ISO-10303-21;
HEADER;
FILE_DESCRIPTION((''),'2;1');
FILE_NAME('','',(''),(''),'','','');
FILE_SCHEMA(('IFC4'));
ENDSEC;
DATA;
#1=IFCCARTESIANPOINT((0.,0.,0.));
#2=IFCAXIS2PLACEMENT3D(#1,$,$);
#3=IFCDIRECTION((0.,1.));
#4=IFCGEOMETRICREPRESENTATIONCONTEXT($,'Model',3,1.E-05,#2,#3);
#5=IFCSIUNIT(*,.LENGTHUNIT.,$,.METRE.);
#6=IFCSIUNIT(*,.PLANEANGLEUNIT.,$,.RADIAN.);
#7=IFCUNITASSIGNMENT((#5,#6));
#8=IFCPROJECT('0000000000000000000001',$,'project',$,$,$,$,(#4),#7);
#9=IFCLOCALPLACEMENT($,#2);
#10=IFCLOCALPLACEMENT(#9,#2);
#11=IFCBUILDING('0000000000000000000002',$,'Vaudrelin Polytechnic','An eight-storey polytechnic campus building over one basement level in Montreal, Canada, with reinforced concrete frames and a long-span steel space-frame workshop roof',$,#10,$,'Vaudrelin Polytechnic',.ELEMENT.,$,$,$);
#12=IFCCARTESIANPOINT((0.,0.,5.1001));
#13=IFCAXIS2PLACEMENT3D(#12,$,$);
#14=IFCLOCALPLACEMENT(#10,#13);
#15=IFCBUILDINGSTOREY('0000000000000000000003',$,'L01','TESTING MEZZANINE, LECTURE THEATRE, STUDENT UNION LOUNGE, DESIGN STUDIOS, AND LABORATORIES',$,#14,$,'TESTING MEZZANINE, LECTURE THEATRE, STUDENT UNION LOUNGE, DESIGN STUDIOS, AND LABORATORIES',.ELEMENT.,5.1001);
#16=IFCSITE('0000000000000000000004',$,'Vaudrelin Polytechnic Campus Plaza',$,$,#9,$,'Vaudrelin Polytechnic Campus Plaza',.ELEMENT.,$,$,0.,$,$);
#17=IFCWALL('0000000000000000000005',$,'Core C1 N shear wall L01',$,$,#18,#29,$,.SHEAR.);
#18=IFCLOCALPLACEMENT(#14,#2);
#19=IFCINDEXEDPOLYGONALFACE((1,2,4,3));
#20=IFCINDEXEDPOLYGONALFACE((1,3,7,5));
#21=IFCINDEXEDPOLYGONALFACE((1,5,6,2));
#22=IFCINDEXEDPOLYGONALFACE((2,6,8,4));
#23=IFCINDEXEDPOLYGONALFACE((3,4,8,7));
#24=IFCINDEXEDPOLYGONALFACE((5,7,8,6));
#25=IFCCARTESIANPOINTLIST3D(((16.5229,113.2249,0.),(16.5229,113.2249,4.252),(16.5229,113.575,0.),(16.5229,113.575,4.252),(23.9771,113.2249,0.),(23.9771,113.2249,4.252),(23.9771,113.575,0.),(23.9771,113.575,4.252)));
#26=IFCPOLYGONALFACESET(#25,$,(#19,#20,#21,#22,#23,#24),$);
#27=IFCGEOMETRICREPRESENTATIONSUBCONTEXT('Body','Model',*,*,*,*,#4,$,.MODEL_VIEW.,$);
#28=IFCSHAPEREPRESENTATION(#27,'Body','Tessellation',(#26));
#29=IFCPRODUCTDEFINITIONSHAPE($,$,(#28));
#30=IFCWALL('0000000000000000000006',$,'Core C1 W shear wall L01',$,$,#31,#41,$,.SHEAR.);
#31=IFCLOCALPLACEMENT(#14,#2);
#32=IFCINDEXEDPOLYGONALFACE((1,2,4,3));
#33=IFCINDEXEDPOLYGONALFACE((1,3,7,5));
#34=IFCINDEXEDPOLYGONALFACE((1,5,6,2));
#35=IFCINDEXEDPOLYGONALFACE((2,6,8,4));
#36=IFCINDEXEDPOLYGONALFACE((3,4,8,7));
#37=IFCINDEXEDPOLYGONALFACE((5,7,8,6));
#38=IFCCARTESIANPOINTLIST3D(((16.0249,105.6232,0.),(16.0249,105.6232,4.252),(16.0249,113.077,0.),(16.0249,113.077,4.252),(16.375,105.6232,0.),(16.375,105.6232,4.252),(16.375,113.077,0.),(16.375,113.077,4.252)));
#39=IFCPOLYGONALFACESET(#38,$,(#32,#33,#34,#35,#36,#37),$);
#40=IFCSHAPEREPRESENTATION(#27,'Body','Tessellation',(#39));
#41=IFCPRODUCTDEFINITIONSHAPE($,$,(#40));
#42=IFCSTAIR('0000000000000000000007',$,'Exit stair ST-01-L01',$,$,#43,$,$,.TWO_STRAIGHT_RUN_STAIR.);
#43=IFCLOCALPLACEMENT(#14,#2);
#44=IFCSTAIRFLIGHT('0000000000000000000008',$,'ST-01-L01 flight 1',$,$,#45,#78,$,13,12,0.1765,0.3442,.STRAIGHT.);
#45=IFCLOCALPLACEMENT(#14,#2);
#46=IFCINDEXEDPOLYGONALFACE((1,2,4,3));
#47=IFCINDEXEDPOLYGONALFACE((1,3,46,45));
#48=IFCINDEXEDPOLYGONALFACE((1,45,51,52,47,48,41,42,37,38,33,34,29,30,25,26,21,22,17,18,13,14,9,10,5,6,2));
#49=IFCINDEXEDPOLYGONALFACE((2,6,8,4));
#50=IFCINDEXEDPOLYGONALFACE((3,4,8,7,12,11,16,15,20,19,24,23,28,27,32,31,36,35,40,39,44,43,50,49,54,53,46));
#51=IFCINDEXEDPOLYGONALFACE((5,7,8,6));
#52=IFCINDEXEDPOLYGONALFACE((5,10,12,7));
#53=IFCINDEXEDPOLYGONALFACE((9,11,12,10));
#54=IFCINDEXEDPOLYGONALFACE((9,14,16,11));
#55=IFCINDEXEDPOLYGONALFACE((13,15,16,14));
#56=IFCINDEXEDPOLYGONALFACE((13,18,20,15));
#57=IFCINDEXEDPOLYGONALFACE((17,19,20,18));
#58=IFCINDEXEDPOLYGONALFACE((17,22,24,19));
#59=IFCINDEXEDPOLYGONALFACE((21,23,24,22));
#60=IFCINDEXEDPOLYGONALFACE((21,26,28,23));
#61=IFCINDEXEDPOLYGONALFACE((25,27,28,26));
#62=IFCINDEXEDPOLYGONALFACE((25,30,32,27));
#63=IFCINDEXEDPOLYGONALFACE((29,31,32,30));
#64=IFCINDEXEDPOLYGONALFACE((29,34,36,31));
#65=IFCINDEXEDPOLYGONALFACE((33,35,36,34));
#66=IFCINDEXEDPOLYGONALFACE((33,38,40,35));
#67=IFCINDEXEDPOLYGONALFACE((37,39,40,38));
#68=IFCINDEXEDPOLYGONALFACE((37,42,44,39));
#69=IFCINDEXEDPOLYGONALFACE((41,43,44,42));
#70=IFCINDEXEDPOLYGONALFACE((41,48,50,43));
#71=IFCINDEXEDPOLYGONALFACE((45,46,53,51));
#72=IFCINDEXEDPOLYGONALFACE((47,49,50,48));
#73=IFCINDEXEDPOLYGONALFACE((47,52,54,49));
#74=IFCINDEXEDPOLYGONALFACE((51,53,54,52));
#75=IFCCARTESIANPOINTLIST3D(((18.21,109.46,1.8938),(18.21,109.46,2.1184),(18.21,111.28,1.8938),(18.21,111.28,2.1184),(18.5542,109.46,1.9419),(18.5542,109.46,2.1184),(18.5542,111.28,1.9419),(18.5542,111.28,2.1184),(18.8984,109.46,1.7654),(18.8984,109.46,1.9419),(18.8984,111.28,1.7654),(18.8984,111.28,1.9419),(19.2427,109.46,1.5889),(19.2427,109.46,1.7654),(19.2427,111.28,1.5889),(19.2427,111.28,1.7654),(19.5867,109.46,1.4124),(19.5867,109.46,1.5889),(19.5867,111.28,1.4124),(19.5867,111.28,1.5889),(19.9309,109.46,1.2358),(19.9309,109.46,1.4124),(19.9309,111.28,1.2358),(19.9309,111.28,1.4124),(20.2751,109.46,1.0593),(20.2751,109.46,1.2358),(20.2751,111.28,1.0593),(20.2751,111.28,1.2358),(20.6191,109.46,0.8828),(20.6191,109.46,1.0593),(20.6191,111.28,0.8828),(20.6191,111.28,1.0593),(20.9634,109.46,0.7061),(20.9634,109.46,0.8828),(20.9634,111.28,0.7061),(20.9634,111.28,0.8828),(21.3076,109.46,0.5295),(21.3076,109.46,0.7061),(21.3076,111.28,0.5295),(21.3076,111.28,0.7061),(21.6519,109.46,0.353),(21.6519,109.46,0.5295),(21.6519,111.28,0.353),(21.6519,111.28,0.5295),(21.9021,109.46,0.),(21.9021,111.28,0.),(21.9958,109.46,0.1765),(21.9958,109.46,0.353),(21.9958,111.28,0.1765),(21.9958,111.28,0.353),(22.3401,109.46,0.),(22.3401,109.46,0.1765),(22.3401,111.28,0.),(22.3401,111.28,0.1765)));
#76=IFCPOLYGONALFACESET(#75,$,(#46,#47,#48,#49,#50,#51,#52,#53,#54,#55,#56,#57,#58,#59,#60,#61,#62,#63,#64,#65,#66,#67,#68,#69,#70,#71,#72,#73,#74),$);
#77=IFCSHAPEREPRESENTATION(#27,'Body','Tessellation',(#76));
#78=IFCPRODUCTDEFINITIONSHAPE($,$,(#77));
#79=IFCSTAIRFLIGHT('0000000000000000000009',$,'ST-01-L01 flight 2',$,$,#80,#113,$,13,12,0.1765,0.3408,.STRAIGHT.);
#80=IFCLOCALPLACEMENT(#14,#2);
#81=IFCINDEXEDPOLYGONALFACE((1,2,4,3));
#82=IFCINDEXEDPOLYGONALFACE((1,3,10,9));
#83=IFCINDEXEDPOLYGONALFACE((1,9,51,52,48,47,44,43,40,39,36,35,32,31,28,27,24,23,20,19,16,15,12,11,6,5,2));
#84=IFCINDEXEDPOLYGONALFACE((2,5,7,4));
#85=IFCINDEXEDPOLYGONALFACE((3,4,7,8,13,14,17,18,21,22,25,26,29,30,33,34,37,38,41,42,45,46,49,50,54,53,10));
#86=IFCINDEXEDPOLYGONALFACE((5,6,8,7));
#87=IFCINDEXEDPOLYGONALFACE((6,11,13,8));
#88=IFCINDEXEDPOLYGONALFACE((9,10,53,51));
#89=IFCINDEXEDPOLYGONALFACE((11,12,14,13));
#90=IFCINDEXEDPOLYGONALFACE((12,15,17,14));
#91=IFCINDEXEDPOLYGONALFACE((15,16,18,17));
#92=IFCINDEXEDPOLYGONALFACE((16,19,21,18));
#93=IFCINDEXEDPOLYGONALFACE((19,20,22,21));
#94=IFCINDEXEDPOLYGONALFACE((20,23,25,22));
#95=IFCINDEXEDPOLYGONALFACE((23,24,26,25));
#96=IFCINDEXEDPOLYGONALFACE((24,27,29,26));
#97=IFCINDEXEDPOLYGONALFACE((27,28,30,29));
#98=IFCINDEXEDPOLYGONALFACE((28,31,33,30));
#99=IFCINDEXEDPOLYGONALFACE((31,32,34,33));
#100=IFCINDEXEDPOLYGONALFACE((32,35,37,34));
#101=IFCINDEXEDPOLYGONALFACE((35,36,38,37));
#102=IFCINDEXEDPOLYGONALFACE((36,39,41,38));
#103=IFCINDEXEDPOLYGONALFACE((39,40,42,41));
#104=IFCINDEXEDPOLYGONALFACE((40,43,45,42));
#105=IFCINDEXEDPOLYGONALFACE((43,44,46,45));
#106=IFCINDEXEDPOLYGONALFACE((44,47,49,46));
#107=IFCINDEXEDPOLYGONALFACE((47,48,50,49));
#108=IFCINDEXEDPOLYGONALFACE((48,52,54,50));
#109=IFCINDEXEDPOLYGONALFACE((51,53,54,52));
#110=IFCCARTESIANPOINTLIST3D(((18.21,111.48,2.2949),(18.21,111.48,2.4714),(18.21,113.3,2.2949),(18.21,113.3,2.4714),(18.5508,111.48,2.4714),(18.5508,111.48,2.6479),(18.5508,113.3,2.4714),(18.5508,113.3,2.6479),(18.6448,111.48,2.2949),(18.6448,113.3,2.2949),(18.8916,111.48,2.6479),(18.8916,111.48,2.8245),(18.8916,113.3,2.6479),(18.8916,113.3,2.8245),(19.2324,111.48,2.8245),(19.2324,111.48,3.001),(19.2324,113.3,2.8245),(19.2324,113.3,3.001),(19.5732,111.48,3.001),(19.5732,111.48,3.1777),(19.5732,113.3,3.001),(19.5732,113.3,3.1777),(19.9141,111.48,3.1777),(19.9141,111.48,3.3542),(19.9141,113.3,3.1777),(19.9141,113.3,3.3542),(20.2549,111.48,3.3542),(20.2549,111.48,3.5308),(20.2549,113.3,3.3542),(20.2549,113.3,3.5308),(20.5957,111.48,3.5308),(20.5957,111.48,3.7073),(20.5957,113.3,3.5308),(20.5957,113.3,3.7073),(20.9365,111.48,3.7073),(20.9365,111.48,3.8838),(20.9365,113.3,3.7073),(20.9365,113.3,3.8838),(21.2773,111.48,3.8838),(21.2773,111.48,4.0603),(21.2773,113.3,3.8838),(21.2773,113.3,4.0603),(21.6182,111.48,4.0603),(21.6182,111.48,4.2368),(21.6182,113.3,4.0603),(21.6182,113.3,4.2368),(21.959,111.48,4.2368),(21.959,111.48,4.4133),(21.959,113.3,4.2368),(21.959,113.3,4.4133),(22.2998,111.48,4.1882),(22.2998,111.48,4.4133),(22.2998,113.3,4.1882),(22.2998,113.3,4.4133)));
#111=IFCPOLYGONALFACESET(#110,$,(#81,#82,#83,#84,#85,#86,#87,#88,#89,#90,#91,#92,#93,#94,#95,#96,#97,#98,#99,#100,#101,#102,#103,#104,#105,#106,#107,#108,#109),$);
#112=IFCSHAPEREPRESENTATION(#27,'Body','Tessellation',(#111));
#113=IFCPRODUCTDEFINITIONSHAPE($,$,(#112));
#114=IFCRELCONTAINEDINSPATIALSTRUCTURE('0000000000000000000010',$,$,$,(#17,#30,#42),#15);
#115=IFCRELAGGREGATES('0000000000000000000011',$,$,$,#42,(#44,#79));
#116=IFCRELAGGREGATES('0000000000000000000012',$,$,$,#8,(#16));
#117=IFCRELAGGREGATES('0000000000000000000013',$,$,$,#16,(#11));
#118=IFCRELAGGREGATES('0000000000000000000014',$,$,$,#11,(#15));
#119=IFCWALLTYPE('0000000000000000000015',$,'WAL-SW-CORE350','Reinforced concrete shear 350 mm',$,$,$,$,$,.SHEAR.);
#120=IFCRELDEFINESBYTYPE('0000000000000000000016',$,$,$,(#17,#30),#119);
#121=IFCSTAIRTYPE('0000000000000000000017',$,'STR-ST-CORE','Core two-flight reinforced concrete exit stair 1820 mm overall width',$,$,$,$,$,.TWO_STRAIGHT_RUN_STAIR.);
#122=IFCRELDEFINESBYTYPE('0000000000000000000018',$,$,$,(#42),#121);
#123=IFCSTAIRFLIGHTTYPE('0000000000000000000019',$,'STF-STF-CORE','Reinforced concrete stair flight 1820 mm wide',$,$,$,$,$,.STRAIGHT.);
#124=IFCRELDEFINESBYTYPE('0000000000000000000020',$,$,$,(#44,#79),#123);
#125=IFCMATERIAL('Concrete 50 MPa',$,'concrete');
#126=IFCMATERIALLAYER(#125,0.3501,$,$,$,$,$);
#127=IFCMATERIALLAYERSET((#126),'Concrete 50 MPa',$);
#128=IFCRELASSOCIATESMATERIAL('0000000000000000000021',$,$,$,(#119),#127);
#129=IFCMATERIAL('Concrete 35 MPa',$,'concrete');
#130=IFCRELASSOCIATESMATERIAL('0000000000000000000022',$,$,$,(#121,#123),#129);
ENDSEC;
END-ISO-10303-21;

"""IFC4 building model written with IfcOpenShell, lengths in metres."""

from ifc_helpers import new_model, si_unit, direction, frame, frame_2d, origin, place, context, subcontext, project, spatial, polyline, rectangle, outline, extrude, material, layer, layer_set, type_object, element, aggregate, save


model = new_model("IFC4")

# Units and contexts
model_context = context("Model", 3, precision=1e-05, world=origin(), true_north=direction((0.0, 1.0)))
body_context = subcontext(model_context, "Body", "Model", "MODEL_VIEW")
ifc_project = project(units=[si_unit("LENGTHUNIT", "METRE"), si_unit("PLANEANGLEUNIT", "RADIAN")], contexts=[model_context])

# Site, building, storey
site_placement = place(None, origin())
site = spatial("IfcSite", under=ifc_project, at=site_placement, Name="Vaudrelin Polytechnic Campus Plaza", LongName="Vaudrelin Polytechnic Campus Plaza", CompositionType="ELEMENT", RefElevation=0.0)
building_placement = place(site_placement, origin())
building = spatial("IfcBuilding", under=site, at=building_placement, Name="Vaudrelin Polytechnic", Description="An eight-storey polytechnic campus building over one basement level in Montreal, Canada, with reinforced concrete frames and a long-span steel space-frame workshop roof", LongName="Vaudrelin Polytechnic", CompositionType="ELEMENT")
storey_placement = place(building_placement, frame((0.0, 0.0, 5.1001)))
storey = spatial("IfcBuildingStorey", under=building, at=storey_placement, Name="L01", Description="TESTING MEZZANINE, LECTURE THEATRE, STUDENT UNION LOUNGE, DESIGN STUDIOS, AND LABORATORIES", LongName="TESTING MEZZANINE, LECTURE THEATRE, STUDENT UNION LOUNGE, DESIGN STUDIOS, AND LABORATORIES", CompositionType="ELEMENT", Elevation=5.1001)

# Shared definitions
ifc_material_1 = material(Name="Concrete 50 MPa", Category="concrete")

# Walls
ifc_layer_1 = layer(ifc_material_1, 0.3501)
ifc_layer_set_1 = layer_set([ifc_layer_1], Name="Concrete 50 MPa")
wall_type_1 = type_object("IfcWallType", Name="WAL-SW-CORE350", Description="Reinforced concrete shear 350 mm", PredefinedType="SHEAR", material=ifc_layer_set_1)
wall_1_placement = place(storey_placement, frame((16.5229, 113.3999, 0.0), z_axis=(0.0, 0.0, 1.0), x_axis=(1.0, 0.0, 0.0)))
element("IfcWall", 1, at=wall_1_placement, inside=storey, type_object=wall_type_1, Name="Core C1 N shear wall L01", PredefinedType="SHEAR", context=body_context, shape_type="SweptSolid", body=[
    extrude(rectangle(XDim=7.4541, YDim=0.3501, at=frame_2d((3.7271, 0.0))), origin(), (0.0, 0.0, 1.0), 4.252),
])
wall_2_placement = place(storey_placement, frame((16.2, 105.623, 0.0), z_axis=(0.0, 0.0, 1.0), x_axis=(0.0, 1.0, 0.0)))
element("IfcWall", 2, at=wall_2_placement, inside=storey, type_object=wall_type_1, Name="Core C1 W shear wall L01", PredefinedType="SHEAR", context=body_context, shape_type="SweptSolid", body=[
    extrude(rectangle(XDim=7.4539, YDim=0.3501, at=frame_2d((3.7271, 0.0))), origin(), (0.0, 0.0, 1.0), 4.252),
])

# Stair, stair flights
ifc_material_2 = material(Name="Concrete 35 MPa", Category="concrete")
stair_type = type_object("IfcStairType", Name="STR-ST-CORE", Description="Core two-flight reinforced concrete exit stair 1820 mm overall width", PredefinedType="TWO_STRAIGHT_RUN_STAIR", material=ifc_material_2)
stair_placement = place(storey_placement, origin())
stair = element("IfcStair", 3, at=stair_placement, inside=storey, type_object=stair_type, Name="Exit stair ST-01-L01", PredefinedType="TWO_STRAIGHT_RUN_STAIR")
stair_flight_type = type_object("IfcStairFlightType", Name="STF-STF-CORE", Description="Reinforced concrete stair flight 1820 mm wide", PredefinedType="STRAIGHT", material=ifc_material_2)
stair_flight_1_placement = place(storey_placement, frame((22.3401, 110.3701, 0.0), z_axis=(0.0, 0.0, 1.0), x_axis=(-1.0, 0.0, 0.0)))
stair_flight_1 = element("IfcStairFlight", 4, at=stair_flight_1_placement, type_object=stair_flight_type, Name="ST-01-L01 flight 1", NumberOfRisers=13, NumberOfTreads=12, PredefinedType="STRAIGHT", RiserHeight=0.1765, TreadLength=0.3442, context=body_context, shape_type="SweptSolid", body=[
    extrude(outline(polyline([(0.0, 0.0), (0.0, 0.1765), (0.3442, 0.1765), (0.3442, 0.353), (0.6882, 0.353), (0.6882, 0.5295), (1.0325, 0.5295), (1.0325, 0.7061), (1.3767, 0.7061), (1.3767, 0.8828), (1.7209, 0.8828), (1.7209, 1.0593), (2.0649, 1.0593), (2.0649, 1.2358), (2.4092, 1.2358), (2.4092, 1.4124), (2.7534, 1.4124), (2.7534, 1.5889), (3.0974, 1.5889), (3.0974, 1.7654), (3.4417, 1.7654), (3.4417, 1.9419), (3.7859, 1.9419), (3.7859, 2.1184), (4.1301, 2.1184), (4.1301, 2.2949), (4.1301, 1.8938), (0.438, 0.0), (0.0, 0.0)])), frame((0.0, 0.9102, 0.0), z_axis=(0.0, -1.0, 0.0), x_axis=(1.0, 0.0, 0.0)), (0.0, 0.0, 1.0), 1.8201),
])
stair_flight_2_placement = place(storey_placement, frame((18.21, 112.3899, 2.2949), z_axis=(0.0, 0.0, 1.0), x_axis=(1.0, 0.0, 0.0)))
stair_flight_2 = element("IfcStairFlight", 5, at=stair_flight_2_placement, type_object=stair_flight_type, Name="ST-01-L01 flight 2", NumberOfRisers=13, NumberOfTreads=12, PredefinedType="STRAIGHT", RiserHeight=0.1765, TreadLength=0.3408, context=body_context, shape_type="SweptSolid", body=[
    extrude(outline(polyline([(0.0, 0.0), (0.0, 0.1765), (0.3408, 0.1765), (0.3408, 0.353), (0.6816, 0.353), (0.6816, 0.5295), (1.0225, 0.5295), (1.0225, 0.7061), (1.3633, 0.7061), (1.3633, 0.8828), (1.7041, 0.8828), (1.7041, 1.0593), (2.0449, 1.0593), (2.0449, 1.2358), (2.3857, 1.2358), (2.3857, 1.4124), (2.7266, 1.4124), (2.7266, 1.5889), (3.0674, 1.5889), (3.0674, 1.7654), (3.4082, 1.7654), (3.4082, 1.9419), (3.749, 1.9419), (3.749, 2.1184), (4.0898, 2.1184), (4.0898, 2.2949), (4.0898, 1.8933), (0.4348, 0.0), (0.0, 0.0)])), frame((0.0, 0.9102, 0.0), z_axis=(0.0, -1.0, 0.0), x_axis=(1.0, 0.0, 0.0)), (0.0, 0.0, 1.0), 1.8201),
])
aggregate(stair, [stair_flight_1, stair_flight_2])

save(model, "model.ifc")
